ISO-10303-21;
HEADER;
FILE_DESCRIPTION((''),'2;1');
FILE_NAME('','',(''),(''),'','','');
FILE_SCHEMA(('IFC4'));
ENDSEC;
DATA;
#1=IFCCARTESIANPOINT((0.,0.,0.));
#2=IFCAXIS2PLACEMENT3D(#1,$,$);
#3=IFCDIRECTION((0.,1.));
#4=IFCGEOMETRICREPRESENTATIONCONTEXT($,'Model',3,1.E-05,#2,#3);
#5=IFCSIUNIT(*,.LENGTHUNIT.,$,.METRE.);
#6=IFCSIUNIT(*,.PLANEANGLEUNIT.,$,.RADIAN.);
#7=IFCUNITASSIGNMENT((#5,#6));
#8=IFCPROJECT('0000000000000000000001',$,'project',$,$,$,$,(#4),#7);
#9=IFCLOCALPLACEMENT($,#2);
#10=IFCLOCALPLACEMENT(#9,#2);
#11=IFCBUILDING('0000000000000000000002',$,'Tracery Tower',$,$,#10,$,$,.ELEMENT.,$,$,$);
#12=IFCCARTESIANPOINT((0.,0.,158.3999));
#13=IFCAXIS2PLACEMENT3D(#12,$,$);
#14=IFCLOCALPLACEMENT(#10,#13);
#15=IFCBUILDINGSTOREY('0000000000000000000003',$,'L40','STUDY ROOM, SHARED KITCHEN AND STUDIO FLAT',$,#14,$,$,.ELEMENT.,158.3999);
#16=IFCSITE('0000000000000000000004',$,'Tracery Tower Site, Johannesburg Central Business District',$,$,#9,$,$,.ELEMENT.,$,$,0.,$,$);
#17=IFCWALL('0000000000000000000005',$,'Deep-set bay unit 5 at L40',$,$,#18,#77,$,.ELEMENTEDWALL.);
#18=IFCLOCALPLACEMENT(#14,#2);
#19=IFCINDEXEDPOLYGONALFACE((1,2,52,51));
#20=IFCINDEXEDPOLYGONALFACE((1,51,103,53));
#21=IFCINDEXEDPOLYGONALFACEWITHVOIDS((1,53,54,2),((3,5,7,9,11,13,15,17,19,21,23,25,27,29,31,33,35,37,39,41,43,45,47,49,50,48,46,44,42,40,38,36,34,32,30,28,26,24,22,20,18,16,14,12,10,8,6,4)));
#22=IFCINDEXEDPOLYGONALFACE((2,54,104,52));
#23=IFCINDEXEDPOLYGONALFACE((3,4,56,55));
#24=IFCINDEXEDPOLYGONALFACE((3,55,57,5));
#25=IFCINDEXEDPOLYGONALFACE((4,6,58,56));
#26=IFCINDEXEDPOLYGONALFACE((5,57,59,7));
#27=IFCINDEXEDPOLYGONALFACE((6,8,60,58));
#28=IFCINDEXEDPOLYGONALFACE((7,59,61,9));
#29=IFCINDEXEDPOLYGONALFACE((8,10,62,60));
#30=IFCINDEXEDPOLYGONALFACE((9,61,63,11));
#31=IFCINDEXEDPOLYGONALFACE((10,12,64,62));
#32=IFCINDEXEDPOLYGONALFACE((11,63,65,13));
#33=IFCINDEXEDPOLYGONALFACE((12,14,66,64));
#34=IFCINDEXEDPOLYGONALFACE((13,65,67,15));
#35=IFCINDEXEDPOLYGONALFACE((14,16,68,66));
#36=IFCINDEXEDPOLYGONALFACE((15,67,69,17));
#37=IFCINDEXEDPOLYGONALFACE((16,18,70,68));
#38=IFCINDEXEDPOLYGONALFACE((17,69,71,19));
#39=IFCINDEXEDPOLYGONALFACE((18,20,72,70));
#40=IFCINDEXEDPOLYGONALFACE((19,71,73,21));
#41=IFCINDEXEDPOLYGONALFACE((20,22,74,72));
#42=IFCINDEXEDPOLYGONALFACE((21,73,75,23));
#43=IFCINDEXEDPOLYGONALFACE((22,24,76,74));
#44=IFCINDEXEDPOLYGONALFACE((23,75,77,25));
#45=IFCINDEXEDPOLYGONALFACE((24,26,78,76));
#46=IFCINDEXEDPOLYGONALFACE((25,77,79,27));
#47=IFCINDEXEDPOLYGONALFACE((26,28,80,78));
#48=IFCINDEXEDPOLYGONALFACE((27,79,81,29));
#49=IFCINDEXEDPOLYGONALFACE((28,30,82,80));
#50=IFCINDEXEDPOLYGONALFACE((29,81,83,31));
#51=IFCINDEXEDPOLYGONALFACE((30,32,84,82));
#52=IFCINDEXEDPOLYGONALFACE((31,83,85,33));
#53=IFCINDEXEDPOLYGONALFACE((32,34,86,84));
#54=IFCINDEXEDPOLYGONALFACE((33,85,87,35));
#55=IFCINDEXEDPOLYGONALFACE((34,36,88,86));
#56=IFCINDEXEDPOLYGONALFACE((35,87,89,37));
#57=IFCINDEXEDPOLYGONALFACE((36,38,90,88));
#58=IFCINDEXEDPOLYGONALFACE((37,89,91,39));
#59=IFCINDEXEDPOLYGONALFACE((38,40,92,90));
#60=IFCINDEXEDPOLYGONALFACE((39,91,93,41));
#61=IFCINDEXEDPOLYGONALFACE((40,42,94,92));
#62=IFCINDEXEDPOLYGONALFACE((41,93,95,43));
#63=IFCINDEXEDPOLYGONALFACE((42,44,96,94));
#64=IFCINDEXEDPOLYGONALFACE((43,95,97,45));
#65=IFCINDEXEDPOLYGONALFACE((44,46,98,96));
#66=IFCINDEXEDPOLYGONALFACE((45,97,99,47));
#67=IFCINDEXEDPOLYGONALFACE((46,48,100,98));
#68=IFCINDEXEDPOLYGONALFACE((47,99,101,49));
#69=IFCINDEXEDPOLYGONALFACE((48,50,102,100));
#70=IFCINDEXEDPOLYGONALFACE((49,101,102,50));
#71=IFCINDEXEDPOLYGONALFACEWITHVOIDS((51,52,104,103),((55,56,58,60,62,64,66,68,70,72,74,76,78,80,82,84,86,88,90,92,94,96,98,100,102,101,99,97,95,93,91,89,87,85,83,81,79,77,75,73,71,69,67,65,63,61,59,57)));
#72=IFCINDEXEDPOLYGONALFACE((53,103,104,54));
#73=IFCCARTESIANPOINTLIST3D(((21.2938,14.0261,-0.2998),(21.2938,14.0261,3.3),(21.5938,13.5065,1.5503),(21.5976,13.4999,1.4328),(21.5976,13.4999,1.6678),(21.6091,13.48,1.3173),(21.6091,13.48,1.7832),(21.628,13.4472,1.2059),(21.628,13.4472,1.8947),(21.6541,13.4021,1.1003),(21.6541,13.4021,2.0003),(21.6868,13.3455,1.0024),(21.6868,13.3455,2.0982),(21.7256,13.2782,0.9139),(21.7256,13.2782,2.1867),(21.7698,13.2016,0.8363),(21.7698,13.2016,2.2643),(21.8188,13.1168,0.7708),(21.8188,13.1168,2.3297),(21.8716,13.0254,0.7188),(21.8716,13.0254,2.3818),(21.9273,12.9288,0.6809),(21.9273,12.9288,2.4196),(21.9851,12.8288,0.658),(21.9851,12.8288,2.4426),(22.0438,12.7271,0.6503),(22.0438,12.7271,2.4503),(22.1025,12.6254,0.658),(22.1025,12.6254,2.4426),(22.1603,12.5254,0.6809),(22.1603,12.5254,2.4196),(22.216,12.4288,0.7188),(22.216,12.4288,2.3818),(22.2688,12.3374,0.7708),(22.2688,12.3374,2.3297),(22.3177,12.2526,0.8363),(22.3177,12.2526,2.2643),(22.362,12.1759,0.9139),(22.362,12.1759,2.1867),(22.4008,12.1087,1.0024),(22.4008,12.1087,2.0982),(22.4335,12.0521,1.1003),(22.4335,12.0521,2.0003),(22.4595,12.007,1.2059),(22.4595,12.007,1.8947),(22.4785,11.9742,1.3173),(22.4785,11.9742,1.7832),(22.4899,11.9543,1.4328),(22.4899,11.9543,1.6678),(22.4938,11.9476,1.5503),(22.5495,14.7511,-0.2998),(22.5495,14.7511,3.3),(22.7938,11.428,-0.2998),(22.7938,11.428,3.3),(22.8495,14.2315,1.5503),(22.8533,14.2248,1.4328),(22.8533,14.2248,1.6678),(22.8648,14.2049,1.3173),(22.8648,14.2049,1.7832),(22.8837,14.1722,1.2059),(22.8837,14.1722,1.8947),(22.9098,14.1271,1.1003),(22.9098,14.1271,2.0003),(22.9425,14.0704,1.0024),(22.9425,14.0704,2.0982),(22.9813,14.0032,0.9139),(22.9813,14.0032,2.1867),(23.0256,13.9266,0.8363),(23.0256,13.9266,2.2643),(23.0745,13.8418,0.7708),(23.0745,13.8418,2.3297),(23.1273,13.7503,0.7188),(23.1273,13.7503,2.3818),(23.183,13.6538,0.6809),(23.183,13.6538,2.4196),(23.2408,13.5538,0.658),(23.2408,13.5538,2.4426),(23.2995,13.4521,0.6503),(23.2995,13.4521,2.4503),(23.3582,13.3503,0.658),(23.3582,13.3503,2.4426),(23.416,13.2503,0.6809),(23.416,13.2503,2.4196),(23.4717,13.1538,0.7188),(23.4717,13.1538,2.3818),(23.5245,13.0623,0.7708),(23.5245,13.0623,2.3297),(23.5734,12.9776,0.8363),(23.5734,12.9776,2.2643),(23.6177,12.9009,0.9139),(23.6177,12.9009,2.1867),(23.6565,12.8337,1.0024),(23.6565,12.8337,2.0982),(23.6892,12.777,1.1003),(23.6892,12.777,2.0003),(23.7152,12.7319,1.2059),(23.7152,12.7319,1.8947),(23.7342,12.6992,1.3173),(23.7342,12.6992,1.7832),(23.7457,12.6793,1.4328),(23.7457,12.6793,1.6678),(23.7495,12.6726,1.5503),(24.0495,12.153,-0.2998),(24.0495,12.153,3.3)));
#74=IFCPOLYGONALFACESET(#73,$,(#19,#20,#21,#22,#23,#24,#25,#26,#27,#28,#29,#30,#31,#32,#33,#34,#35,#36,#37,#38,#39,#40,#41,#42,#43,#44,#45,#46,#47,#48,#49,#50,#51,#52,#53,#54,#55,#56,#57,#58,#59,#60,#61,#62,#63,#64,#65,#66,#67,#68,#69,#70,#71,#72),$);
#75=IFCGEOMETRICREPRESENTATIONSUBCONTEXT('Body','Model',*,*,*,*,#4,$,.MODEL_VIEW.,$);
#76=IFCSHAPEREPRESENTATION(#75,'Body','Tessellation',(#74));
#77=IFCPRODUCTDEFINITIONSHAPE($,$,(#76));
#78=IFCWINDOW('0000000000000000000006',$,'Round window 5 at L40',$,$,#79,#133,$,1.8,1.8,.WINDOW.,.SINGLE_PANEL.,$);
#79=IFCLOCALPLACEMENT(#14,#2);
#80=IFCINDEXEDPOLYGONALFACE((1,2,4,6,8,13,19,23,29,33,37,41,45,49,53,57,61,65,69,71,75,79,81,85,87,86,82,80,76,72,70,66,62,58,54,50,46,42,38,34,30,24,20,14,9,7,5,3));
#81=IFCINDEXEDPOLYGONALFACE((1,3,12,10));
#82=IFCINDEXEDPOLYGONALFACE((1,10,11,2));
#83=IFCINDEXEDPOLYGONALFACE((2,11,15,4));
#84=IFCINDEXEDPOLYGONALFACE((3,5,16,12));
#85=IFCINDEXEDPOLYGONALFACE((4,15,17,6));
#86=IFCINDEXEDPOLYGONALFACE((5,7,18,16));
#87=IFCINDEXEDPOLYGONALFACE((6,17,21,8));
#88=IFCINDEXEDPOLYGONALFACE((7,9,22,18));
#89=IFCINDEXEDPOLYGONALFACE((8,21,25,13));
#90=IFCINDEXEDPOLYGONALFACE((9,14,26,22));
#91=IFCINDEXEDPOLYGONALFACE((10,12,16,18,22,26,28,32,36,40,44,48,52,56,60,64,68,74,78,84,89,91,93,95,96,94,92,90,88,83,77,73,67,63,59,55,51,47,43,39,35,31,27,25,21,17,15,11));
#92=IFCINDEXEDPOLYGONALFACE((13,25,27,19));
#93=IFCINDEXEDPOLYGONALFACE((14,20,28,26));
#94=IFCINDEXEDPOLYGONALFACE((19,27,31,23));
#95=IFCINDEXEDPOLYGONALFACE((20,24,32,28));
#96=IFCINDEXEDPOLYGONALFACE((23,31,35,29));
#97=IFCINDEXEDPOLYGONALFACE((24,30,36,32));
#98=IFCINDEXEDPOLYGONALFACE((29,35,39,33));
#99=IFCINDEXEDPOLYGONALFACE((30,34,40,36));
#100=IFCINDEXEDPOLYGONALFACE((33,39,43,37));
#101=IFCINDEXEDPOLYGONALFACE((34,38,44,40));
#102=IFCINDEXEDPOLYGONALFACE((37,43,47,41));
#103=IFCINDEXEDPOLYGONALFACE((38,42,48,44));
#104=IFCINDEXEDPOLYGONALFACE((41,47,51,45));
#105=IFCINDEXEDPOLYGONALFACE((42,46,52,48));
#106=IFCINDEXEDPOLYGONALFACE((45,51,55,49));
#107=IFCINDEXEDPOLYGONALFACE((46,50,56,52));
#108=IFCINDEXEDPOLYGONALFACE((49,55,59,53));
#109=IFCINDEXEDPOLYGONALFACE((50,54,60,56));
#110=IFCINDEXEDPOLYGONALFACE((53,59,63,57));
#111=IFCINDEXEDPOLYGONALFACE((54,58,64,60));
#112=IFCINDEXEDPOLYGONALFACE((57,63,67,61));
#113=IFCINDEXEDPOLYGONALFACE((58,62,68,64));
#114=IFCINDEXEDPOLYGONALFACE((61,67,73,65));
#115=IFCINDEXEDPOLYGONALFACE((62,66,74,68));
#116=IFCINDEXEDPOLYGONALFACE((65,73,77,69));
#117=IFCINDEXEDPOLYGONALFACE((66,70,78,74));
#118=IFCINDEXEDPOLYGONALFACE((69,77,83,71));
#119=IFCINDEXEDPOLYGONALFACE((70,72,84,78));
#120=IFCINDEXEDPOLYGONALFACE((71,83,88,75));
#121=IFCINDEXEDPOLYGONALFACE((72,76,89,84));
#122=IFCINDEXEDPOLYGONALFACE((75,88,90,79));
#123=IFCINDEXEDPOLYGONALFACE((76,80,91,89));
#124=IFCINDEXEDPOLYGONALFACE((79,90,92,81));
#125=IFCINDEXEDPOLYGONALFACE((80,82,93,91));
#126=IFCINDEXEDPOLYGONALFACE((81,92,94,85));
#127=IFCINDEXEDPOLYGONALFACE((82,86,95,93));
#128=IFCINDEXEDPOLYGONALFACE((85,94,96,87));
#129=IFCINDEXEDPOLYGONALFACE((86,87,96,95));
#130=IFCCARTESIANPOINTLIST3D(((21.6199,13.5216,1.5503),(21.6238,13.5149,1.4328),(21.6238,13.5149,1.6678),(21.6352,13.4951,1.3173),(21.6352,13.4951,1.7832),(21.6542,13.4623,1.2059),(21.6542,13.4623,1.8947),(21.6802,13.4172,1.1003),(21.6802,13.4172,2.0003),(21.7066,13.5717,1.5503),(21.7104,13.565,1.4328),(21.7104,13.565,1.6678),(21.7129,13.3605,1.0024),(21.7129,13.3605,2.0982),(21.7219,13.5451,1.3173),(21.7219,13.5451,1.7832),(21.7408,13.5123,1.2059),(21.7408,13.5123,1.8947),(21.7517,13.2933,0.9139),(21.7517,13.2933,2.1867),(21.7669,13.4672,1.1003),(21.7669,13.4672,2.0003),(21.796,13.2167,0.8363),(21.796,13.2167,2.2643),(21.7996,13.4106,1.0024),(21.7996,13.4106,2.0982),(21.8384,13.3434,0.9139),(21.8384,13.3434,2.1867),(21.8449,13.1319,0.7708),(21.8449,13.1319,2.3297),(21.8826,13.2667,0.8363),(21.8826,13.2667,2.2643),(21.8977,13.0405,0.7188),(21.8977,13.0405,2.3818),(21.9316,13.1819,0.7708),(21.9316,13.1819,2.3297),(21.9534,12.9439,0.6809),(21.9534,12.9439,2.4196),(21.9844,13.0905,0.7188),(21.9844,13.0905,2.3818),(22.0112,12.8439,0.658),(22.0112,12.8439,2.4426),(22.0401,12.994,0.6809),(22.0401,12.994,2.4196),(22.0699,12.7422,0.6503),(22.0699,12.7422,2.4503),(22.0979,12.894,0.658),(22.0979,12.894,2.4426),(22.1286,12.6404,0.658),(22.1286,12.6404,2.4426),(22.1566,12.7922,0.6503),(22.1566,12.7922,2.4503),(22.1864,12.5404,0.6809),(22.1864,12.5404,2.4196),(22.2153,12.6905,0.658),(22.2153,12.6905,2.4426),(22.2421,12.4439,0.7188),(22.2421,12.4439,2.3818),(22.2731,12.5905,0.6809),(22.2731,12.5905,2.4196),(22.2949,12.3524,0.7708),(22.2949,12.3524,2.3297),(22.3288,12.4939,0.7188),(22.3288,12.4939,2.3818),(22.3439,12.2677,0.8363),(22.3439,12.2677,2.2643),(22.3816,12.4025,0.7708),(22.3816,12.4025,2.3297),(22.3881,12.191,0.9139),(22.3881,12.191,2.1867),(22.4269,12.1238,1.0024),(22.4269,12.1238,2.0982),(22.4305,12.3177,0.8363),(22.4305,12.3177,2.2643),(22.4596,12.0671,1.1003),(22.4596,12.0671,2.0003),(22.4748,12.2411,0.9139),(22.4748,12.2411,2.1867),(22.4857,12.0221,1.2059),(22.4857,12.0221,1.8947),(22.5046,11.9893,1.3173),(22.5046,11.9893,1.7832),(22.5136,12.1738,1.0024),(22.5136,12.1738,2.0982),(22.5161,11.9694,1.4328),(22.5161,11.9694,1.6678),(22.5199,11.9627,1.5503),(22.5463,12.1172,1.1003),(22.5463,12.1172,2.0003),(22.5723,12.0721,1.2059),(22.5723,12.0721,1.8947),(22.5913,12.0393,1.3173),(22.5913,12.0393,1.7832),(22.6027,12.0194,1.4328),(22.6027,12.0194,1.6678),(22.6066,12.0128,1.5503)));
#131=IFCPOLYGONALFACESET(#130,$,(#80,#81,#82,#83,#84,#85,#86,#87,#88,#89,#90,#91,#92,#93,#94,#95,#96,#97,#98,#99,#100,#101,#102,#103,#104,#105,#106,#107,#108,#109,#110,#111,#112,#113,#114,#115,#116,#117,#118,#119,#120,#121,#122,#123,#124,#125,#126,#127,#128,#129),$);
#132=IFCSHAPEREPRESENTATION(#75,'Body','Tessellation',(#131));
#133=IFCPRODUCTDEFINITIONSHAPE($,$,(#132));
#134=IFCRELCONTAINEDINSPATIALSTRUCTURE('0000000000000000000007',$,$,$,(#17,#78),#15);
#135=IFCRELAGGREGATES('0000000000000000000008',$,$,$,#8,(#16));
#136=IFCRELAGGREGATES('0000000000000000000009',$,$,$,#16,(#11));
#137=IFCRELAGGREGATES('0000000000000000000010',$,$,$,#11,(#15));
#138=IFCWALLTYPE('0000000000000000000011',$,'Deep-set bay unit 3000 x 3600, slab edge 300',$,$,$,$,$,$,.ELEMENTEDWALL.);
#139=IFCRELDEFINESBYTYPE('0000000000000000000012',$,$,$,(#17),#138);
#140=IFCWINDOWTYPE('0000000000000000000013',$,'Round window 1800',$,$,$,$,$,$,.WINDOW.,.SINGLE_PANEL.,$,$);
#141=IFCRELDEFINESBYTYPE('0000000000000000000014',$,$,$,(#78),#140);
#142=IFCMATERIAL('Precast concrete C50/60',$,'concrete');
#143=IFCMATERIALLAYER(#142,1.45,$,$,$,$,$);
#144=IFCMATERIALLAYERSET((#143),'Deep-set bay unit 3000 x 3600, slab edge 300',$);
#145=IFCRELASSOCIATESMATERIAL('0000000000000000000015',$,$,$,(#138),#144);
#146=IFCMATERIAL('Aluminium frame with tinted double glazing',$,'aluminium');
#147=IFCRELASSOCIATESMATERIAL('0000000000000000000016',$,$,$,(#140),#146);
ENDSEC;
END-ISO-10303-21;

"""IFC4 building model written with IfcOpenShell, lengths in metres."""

from ifc_helpers import new_model, si_unit, direction, frame, frame_2d, origin, origin_2d, place, context, subcontext, project, spatial, rectangle, circle, extrude, material, layer, layer_set, type_object, element, fill, save


model = new_model("IFC4")

# Units and contexts
model_context = context("Model", 3, precision=1e-05, world=origin(), true_north=direction((0.0, 1.0)))
body_context = subcontext(model_context, "Body", "Model", "MODEL_VIEW")
ifc_project = project(units=[si_unit("LENGTHUNIT", "METRE"), si_unit("PLANEANGLEUNIT", "RADIAN")], contexts=[model_context])

# Site, building, storey
site_placement = place(None, origin())
site = spatial("IfcSite", under=ifc_project, at=site_placement, Name="Tracery Tower Site, Johannesburg Central Business District", CompositionType="ELEMENT", RefElevation=0.0)
building_placement = place(site_placement, origin())
building = spatial("IfcBuilding", under=site, at=building_placement, Name="Tracery Tower", CompositionType="ELEMENT")
storey_placement = place(building_placement, frame((0.0, 0.0, 158.3999)))
storey = spatial("IfcBuildingStorey", under=building, at=storey_placement, Name="L40", Description="STUDY ROOM, SHARED KITCHEN AND STUDIO FLAT", CompositionType="ELEMENT", Elevation=158.3999)

# Wall, opening, window
ifc_material_1 = material(Name="Precast concrete C50/60", Category="concrete")
ifc_layer_1 = layer(ifc_material_1, 1.45)
ifc_layer_set_1 = layer_set([ifc_layer_1], Name="Deep-set bay unit 3000 x 3600, slab edge 300")
wall_type_1 = type_object("IfcWallType", Name="Deep-set bay unit 3000 x 3600, slab edge 300", PredefinedType="ELEMENTEDWALL", material=ifc_layer_set_1)
ifc_material_2 = material(Name="Aluminium frame with tinted double glazing", Category="aluminium")
window_type = type_object("IfcWindowType", Name="Round window 1800", PartitioningType="SINGLE_PANEL", PredefinedType="WINDOW", material=ifc_material_2)
wall_1_placement = place(storey_placement, frame((23.4216, 11.7905, -0.2998), z_axis=(0.0, 0.0, 1.0), x_axis=(-0.49999, 0.866031, 0.0)))
wall_1 = element("IfcWall", 1, at=wall_1_placement, inside=storey, type_object=wall_type_1, Name="Deep-set bay unit 5 at L40", PredefinedType="ELEMENTEDWALL", context=body_context, shape_type="SweptSolid", body=[
    extrude(rectangle(XDim=3.0, YDim=1.45, at=frame_2d((1.5, 0.0))), origin(), (0.0, 0.0, 1.0), 3.5999),
])
opening_1_placement = place(wall_1_placement, frame((1.5, 0.0, 1.8501)))
opening_1 = element("IfcOpeningElement", 2, at=opening_1_placement, cuts=wall_1, PredefinedType="OPENING", context=body_context, shape_type="SweptSolid", body=[
    extrude(circle(Radius=0.9, at=origin_2d()), frame((0.0, 0.7349, 0.0), z_axis=(0.0, -1.0, 0.0), x_axis=(1.0, 0.0, 0.0)), (0.0, 0.0, 1.0), 1.47),
])
window_1_placement = place(opening_1_placement, origin())
window_1 = element("IfcWindow", 3, at=window_1_placement, inside=storey, type_object=window_type, Name="Round window 5 at L40", OverallHeight=1.8, OverallWidth=1.8, PartitioningType="SINGLE_PANEL", PredefinedType="WINDOW", context=body_context, shape_type="SweptSolid", body=[
    extrude(circle(Radius=0.9, at=origin_2d()), frame((0.0, 0.6948, 0.0), z_axis=(0.0, -1.0, 0.0), x_axis=(1.0, 0.0, 0.0)), (0.0, 0.0, 1.0), 0.1001),
])
fill(opening_1, window_1)

save(model, "model.ifc")
